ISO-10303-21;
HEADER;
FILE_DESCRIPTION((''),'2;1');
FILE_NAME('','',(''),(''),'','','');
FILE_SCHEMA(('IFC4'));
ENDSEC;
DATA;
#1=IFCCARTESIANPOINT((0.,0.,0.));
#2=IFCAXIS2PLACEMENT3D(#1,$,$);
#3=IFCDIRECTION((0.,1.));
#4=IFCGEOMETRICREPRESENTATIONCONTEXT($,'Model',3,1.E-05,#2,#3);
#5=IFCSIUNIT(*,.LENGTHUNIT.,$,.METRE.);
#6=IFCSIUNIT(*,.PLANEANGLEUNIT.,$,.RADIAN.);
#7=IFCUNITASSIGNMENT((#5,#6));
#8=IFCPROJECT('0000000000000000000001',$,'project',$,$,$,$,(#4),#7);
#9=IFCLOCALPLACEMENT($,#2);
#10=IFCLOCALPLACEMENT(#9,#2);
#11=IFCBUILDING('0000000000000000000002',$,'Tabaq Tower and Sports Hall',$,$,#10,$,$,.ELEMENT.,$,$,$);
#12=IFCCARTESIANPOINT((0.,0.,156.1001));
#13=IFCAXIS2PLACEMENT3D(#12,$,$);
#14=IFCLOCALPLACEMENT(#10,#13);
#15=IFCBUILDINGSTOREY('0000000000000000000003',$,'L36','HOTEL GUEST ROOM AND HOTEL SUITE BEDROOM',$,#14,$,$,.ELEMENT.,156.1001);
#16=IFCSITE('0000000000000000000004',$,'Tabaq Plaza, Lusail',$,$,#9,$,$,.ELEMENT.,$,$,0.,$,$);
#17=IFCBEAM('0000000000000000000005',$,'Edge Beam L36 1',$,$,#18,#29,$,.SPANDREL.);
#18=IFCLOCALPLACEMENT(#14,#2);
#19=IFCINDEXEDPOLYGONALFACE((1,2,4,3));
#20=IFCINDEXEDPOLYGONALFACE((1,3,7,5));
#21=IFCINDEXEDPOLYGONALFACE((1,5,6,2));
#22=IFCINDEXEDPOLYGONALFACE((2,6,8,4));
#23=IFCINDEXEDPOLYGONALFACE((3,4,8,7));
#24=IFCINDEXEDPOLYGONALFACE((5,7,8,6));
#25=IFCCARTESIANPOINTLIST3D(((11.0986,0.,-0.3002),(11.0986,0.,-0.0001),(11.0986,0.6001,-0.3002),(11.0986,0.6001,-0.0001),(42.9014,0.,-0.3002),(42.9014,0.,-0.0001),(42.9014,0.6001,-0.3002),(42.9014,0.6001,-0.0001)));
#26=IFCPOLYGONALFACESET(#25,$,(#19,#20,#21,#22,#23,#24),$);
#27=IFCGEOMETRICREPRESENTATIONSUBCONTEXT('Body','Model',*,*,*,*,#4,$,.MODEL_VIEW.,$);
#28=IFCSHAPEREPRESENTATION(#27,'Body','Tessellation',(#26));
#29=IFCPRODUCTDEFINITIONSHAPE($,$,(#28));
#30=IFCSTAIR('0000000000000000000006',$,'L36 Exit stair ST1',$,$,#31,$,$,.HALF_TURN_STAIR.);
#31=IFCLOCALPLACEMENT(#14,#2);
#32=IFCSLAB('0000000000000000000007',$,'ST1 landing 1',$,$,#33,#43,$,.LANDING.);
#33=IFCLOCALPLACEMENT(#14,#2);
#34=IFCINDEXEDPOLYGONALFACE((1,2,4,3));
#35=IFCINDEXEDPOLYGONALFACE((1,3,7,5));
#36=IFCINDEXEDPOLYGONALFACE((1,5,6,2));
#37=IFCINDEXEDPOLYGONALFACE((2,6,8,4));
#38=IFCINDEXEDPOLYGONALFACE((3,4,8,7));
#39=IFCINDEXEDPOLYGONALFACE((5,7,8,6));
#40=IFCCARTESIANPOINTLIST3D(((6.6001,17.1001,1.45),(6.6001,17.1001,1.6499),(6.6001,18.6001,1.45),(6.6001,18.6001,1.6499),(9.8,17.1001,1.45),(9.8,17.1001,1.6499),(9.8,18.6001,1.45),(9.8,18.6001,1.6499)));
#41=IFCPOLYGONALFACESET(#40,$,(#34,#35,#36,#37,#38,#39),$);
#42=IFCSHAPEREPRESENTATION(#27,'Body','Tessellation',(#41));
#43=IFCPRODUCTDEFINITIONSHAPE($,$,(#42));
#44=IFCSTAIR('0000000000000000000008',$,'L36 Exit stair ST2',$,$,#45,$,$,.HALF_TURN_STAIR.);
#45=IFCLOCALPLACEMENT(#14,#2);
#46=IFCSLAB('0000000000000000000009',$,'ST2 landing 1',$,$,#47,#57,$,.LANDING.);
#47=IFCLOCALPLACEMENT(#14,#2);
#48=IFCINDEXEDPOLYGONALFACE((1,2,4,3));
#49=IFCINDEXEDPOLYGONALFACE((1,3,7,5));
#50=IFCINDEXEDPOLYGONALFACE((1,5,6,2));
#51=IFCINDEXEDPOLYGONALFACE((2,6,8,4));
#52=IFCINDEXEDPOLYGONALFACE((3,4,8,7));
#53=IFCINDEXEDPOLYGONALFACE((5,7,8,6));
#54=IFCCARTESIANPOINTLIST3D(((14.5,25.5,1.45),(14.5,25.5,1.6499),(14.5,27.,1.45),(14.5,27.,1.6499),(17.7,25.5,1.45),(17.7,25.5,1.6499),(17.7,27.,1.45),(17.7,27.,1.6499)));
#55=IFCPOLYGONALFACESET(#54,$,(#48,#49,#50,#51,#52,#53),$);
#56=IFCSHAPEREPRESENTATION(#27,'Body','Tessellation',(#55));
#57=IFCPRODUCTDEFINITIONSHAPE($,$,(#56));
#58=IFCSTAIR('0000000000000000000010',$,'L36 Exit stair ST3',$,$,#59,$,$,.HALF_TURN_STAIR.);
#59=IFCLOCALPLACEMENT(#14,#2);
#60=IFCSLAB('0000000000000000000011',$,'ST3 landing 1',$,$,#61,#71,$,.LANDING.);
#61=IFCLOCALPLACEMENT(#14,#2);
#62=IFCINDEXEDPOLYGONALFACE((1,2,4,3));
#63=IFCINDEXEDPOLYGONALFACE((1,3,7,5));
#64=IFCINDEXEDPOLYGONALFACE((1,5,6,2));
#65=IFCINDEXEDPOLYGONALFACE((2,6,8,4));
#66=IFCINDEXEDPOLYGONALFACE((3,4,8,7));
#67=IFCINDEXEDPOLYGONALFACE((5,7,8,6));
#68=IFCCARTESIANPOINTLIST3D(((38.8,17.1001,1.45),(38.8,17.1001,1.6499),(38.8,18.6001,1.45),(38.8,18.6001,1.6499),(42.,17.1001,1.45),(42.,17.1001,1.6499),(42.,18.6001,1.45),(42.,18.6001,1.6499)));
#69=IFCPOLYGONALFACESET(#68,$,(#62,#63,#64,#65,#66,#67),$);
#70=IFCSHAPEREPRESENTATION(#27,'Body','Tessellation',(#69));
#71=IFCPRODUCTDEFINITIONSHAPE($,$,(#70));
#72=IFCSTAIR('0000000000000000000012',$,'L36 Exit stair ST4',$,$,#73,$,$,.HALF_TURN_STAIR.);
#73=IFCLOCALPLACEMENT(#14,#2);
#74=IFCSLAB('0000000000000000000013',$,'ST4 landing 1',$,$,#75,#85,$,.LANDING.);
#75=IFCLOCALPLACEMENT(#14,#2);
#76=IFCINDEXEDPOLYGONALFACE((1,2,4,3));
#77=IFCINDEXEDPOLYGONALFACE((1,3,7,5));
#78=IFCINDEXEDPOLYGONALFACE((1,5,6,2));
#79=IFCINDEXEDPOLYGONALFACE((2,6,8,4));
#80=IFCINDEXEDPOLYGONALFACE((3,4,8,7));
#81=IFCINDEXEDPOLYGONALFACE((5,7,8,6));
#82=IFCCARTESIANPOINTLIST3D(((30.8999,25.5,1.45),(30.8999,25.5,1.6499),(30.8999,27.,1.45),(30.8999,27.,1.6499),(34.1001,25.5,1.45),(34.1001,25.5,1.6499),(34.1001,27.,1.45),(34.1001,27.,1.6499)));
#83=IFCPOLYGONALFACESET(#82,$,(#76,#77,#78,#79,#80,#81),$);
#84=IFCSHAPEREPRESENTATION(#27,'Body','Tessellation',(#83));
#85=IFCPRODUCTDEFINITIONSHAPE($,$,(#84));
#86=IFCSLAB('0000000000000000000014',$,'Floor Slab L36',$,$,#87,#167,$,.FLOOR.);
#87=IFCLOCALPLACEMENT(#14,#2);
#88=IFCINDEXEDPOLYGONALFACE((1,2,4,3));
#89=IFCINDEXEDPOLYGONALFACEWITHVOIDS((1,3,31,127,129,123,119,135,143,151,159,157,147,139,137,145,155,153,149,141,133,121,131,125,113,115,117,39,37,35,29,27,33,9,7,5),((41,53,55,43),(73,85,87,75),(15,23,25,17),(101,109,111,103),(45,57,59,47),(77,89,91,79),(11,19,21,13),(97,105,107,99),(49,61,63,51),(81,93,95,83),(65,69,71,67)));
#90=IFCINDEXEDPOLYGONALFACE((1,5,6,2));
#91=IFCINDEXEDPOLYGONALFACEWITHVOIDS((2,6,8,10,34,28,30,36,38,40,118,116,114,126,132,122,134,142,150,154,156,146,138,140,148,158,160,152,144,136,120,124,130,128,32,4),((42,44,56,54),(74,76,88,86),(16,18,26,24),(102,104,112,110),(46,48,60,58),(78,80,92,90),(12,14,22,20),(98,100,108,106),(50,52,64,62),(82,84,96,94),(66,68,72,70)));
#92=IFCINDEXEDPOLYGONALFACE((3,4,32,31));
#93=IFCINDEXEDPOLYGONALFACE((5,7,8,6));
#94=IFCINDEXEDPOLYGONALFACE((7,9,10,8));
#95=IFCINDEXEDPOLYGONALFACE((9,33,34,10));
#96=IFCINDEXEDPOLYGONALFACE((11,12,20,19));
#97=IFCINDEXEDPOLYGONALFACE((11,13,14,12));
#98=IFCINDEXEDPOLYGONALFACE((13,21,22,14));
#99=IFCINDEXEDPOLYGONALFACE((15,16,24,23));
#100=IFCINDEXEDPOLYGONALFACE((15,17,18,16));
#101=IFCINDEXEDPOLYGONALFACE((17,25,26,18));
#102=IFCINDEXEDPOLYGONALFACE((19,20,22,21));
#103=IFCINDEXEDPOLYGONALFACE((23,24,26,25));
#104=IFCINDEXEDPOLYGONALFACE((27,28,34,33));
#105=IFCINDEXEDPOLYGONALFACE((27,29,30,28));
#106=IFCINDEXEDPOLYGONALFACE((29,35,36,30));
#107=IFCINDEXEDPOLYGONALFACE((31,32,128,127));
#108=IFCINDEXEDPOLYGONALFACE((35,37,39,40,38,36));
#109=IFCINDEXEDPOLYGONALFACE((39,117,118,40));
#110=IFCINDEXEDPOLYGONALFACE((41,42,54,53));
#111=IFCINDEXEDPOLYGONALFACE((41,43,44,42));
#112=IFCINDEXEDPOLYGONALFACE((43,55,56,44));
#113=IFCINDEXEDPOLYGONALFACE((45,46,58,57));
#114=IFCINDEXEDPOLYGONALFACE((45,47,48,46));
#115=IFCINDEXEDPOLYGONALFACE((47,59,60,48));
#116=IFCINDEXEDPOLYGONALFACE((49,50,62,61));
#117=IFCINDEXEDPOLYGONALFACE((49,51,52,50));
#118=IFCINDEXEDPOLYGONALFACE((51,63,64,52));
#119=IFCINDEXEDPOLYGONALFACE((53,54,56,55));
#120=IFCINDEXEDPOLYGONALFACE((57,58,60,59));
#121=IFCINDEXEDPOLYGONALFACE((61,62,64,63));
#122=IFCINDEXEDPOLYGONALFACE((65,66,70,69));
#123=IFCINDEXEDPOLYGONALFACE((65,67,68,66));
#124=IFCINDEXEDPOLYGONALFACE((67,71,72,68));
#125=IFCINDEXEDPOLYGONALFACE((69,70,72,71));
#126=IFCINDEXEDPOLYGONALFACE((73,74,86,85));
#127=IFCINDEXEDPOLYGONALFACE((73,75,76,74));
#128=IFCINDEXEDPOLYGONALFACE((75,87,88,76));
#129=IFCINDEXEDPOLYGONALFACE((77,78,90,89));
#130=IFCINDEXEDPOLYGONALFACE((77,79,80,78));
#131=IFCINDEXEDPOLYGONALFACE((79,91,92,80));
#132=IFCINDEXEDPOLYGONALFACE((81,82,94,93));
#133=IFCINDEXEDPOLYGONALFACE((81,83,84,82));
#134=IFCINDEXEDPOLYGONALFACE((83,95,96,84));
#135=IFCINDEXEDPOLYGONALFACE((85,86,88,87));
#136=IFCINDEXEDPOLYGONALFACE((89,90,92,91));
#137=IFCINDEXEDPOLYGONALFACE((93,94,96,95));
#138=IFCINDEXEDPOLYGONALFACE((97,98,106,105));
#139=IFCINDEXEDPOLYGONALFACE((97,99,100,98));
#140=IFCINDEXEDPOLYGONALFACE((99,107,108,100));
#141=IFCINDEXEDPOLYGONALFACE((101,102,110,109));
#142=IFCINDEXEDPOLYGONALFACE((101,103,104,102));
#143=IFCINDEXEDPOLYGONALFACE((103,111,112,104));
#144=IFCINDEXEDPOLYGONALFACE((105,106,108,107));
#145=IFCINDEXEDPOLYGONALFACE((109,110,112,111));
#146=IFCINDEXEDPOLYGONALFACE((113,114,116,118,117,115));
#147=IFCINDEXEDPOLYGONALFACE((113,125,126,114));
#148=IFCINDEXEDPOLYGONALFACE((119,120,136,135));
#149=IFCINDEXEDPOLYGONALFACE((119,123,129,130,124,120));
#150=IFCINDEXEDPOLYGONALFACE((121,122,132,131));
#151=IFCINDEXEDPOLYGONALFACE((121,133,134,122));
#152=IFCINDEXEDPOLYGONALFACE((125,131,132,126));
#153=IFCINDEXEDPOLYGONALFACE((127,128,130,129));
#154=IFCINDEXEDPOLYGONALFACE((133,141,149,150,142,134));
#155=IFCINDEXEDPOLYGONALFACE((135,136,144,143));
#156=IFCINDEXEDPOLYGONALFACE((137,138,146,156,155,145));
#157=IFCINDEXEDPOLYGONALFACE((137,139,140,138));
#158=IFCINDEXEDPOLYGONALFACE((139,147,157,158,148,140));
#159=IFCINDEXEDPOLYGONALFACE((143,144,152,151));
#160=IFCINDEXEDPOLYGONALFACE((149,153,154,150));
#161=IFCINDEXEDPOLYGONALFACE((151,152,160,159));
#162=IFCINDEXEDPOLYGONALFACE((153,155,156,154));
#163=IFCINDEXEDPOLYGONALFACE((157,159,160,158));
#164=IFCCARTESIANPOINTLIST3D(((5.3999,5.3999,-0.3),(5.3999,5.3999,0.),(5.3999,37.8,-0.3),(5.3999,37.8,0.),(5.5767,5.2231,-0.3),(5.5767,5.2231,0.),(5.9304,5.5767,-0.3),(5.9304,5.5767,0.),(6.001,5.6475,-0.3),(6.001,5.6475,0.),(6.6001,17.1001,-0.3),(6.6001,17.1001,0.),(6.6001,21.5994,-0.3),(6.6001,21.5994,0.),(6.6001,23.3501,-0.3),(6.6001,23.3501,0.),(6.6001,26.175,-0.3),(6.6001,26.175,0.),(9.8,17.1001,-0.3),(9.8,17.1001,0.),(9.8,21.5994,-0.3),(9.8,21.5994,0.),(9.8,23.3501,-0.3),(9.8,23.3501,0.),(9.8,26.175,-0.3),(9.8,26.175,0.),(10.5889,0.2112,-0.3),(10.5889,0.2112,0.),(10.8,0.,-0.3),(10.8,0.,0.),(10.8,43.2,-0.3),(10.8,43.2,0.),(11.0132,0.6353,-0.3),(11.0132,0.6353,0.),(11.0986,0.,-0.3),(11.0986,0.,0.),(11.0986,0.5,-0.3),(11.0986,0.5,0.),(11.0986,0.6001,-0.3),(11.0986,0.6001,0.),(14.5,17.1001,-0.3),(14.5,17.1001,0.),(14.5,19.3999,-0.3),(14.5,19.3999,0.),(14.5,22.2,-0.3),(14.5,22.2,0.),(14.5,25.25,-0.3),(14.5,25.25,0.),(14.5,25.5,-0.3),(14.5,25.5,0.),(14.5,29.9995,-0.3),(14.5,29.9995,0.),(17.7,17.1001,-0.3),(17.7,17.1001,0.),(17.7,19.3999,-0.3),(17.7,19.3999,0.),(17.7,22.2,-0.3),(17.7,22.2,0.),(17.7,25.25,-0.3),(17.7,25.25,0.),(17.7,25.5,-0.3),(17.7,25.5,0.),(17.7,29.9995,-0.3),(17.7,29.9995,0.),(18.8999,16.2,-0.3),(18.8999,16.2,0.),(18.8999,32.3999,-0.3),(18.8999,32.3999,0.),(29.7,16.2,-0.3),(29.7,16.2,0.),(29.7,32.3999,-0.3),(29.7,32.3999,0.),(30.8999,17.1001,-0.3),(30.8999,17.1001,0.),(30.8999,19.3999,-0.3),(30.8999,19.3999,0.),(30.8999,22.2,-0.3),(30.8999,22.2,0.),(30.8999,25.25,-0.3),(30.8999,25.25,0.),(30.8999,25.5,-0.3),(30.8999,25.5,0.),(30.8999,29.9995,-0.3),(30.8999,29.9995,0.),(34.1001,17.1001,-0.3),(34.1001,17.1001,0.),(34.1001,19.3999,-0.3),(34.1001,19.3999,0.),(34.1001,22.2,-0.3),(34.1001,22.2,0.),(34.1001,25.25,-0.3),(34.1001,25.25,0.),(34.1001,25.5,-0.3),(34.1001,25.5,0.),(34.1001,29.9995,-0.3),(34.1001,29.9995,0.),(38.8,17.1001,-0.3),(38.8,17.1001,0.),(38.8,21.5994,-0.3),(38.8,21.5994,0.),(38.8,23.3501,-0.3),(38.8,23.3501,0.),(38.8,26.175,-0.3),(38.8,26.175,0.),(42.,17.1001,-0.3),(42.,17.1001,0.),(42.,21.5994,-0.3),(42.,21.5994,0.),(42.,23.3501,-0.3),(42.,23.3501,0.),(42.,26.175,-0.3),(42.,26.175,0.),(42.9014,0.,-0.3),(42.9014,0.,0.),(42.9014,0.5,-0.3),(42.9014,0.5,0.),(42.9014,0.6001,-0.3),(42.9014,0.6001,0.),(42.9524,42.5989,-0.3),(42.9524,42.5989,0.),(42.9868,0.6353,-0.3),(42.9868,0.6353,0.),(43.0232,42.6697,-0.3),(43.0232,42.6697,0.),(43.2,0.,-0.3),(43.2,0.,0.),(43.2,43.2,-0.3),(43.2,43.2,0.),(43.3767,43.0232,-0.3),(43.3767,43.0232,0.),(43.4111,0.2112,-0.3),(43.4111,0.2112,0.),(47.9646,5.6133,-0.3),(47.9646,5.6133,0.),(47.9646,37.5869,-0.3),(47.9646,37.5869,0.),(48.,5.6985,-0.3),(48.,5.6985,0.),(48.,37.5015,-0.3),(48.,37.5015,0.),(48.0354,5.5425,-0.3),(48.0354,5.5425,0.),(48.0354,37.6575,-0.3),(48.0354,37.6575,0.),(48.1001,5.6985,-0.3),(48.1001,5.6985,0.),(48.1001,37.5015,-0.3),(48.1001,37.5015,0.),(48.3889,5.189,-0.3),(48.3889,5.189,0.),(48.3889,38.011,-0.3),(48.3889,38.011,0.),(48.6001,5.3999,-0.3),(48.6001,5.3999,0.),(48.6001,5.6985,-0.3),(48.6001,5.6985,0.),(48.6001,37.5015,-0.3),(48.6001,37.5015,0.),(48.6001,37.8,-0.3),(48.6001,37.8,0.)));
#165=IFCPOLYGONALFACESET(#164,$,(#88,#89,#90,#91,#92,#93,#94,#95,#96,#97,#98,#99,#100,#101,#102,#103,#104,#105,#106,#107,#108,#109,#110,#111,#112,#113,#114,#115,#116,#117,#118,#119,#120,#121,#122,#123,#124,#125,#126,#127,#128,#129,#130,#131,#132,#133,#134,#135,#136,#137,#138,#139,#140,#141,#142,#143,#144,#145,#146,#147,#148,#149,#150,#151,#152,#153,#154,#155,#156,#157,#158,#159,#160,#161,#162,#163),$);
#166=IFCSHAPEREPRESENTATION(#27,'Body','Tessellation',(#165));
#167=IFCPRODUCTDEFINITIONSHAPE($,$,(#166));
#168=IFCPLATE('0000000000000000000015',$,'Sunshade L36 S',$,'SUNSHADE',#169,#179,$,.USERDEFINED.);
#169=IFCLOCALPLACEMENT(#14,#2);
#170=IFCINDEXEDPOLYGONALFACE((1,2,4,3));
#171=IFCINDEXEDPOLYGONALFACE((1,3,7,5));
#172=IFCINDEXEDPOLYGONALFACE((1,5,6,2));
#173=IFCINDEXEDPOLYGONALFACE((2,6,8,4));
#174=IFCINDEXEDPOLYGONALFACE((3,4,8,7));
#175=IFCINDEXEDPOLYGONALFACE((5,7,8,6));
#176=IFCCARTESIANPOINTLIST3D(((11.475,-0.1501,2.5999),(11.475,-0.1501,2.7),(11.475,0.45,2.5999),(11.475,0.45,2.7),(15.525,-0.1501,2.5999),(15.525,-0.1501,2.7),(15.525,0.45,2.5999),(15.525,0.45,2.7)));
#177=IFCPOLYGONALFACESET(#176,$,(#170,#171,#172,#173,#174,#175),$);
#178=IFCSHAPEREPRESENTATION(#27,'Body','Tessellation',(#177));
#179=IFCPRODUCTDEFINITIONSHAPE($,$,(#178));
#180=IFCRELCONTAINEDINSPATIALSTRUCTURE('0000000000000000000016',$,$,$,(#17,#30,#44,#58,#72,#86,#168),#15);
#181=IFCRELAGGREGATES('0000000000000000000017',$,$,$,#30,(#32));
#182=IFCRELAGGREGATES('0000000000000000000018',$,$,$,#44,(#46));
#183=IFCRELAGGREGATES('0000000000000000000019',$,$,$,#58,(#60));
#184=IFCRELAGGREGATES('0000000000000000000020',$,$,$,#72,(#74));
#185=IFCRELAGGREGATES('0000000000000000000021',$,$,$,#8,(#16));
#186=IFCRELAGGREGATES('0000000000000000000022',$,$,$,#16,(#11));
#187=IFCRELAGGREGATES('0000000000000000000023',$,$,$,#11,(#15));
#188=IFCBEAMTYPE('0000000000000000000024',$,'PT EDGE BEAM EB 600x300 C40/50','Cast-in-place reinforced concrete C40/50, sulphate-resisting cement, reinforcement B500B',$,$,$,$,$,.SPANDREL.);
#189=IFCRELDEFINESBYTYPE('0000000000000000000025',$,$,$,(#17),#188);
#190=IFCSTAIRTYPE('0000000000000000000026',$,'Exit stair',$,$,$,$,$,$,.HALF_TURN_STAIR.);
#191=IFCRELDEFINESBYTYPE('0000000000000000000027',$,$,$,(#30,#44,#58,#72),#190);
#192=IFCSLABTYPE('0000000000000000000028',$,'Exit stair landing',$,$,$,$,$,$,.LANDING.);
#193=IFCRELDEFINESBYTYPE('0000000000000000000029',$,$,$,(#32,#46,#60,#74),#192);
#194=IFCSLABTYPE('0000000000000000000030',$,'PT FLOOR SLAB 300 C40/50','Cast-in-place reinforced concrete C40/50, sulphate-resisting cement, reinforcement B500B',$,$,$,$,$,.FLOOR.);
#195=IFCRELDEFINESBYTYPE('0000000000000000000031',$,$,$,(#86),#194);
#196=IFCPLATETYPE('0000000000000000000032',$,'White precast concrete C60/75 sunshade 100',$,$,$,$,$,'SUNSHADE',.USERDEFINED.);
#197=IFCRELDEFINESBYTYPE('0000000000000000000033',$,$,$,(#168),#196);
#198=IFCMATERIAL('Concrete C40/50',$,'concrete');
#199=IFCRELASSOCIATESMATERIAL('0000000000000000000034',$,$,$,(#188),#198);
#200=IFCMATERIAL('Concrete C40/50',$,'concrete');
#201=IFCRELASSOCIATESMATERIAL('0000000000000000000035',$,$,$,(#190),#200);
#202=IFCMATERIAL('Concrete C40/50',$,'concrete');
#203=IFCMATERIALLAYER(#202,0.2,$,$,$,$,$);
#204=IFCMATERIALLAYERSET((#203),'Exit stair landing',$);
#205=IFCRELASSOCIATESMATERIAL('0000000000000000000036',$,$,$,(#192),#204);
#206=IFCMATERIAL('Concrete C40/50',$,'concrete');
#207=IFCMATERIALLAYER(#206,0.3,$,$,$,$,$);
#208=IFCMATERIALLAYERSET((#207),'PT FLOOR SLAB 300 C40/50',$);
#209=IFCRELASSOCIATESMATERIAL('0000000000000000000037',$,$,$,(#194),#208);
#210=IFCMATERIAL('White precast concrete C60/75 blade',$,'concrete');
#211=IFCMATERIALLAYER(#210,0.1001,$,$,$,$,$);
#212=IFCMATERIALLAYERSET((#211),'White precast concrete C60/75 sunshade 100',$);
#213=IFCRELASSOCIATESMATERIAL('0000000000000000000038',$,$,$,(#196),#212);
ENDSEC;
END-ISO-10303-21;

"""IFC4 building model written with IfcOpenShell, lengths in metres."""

from ifc_helpers import new_model, si_unit, direction, frame, origin, origin_2d, place, context, subcontext, project, spatial, polyline, rectangle, outline, extrude, material, layer, layer_set, material_profile, profile_set, type_object, element, aggregate, save


model = new_model("IFC4")

# Units and contexts
model_context = context("Model", 3, precision=1e-05, world=origin(), true_north=direction((0.0, 1.0)))
body_context = subcontext(model_context, "Body", "Model", "MODEL_VIEW")
ifc_project = project(units=[si_unit("LENGTHUNIT", "METRE"), si_unit("PLANEANGLEUNIT", "RADIAN")], contexts=[model_context])

# Site, building, storey
site_placement = place(None, origin())
site = spatial("IfcSite", under=ifc_project, at=site_placement, Name="Tabaq Plaza, Lusail", CompositionType="ELEMENT", RefElevation=0.0)
building_placement = place(site_placement, origin())
building = spatial("IfcBuilding", under=site, at=building_placement, Name="Tabaq Tower and Sports Hall", CompositionType="ELEMENT")
storey_placement = place(building_placement, frame((0.0, 0.0, 156.1001)))
storey = spatial("IfcBuildingStorey", under=building, at=storey_placement, Name="L36", Description="HOTEL GUEST ROOM AND HOTEL SUITE BEDROOM", CompositionType="ELEMENT", Elevation=156.1001)

# Beam
ifc_material_1 = material(Name="Concrete C40/50", Category="concrete")
ifc_material_profile = material_profile(ifc_material_1, rectangle(XDim=0.6001, YDim=0.3, at=origin_2d()), Name="EB 600x300")
ifc_profile_set = profile_set([ifc_material_profile], Name="Concrete C40/50")
beam_type = type_object("IfcBeamType", Name="PT EDGE BEAM EB 600x300 C40/50", Description="Cast-in-place reinforced concrete C40/50, sulphate-resisting cement, reinforcement B500B", PredefinedType="SPANDREL", material=ifc_profile_set)
beam_placement = place(storey_placement, frame((11.0986, 0.3, -0.1501), z_axis=(1.0, 0.0, 0.0), x_axis=(0.0, 1.0, 0.0)))
element("IfcBeam", 1, at=beam_placement, inside=storey, type_object=beam_type, Name="Edge Beam L36 1", PredefinedType="SPANDREL", context=body_context, shape_type="SweptSolid", body=[
    extrude(rectangle(XDim=0.6001, YDim=0.3, at=origin_2d()), origin(), (0.0, 0.0, 1.0), 31.8027),
])

# Stairs, slabs
ifc_material_2 = material(Name="Concrete C40/50", Category="concrete")
stair_type = type_object("IfcStairType", Name="Exit stair", PredefinedType="HALF_TURN_STAIR", material=ifc_material_2)
stair_1_placement = place(storey_placement, origin())
stair_1 = element("IfcStair", 2, at=stair_1_placement, inside=storey, type_object=stair_type, Name="L36 Exit stair ST1", PredefinedType="HALF_TURN_STAIR")
ifc_material_3 = material(Name="Concrete C40/50", Category="concrete")
ifc_layer_1 = layer(ifc_material_3, 0.2)
ifc_layer_set_1 = layer_set([ifc_layer_1], Name="Exit stair landing")
slab_type_1 = type_object("IfcSlabType", Name="Exit stair landing", PredefinedType="LANDING", material=ifc_layer_set_1)
slab_1_placement = place(storey_placement, frame((0.0, 0.0, 1.45)))
slab_1 = element("IfcSlab", 3, at=slab_1_placement, type_object=slab_type_1, Name="ST1 landing 1", PredefinedType="LANDING", context=body_context, shape_type="SweptSolid", body=[
    extrude(outline(polyline([(6.6001, 18.6001), (6.6001, 17.1001), (9.8, 17.1001), (9.8, 18.6001), (6.6001, 18.6001)])), origin(), (0.0, 0.0, 1.0), 0.2),
])
aggregate(stair_1, [slab_1])
stair_2_placement = place(storey_placement, origin())
stair_2 = element("IfcStair", 4, at=stair_2_placement, inside=storey, type_object=stair_type, Name="L36 Exit stair ST2", PredefinedType="HALF_TURN_STAIR")
slab_2_placement = place(storey_placement, frame((0.0, 0.0, 1.45)))
slab_2 = element("IfcSlab", 5, at=slab_2_placement, type_object=slab_type_1, Name="ST2 landing 1", PredefinedType="LANDING", context=body_context, shape_type="SweptSolid", body=[
    extrude(outline(polyline([(14.5, 27.0), (14.5, 25.5), (17.7, 25.5), (17.7, 27.0), (14.5, 27.0)])), origin(), (0.0, 0.0, 1.0), 0.2),
])
aggregate(stair_2, [slab_2])
stair_3_placement = place(storey_placement, origin())
stair_3 = element("IfcStair", 6, at=stair_3_placement, inside=storey, type_object=stair_type, Name="L36 Exit stair ST3", PredefinedType="HALF_TURN_STAIR")
slab_3_placement = place(storey_placement, frame((0.0, 0.0, 1.45)))
slab_3 = element("IfcSlab", 7, at=slab_3_placement, type_object=slab_type_1, Name="ST3 landing 1", PredefinedType="LANDING", context=body_context, shape_type="SweptSolid", body=[
    extrude(outline(polyline([(38.8, 18.6001), (38.8, 17.1001), (42.0, 17.1001), (42.0, 18.6001), (38.8, 18.6001)])), origin(), (0.0, 0.0, 1.0), 0.2),
])
aggregate(stair_3, [slab_3])
stair_4_placement = place(storey_placement, origin())
stair_4 = element("IfcStair", 8, at=stair_4_placement, inside=storey, type_object=stair_type, Name="L36 Exit stair ST4", PredefinedType="HALF_TURN_STAIR")
slab_4_placement = place(storey_placement, frame((0.0, 0.0, 1.45)))
slab_4 = element("IfcSlab", 9, at=slab_4_placement, type_object=slab_type_1, Name="ST4 landing 1", PredefinedType="LANDING", context=body_context, shape_type="SweptSolid", body=[
    extrude(outline(polyline([(30.8999, 27.0), (30.8999, 25.5), (34.1001, 25.5), (34.1001, 27.0), (30.8999, 27.0)])), origin(), (0.0, 0.0, 1.0), 0.2),
])
aggregate(stair_4, [slab_4])

# Slab
ifc_material_4 = material(Name="Concrete C40/50", Category="concrete")
ifc_layer_2 = layer(ifc_material_4, 0.3)
ifc_layer_set_2 = layer_set([ifc_layer_2], Name="PT FLOOR SLAB 300 C40/50")
slab_type_2 = type_object("IfcSlabType", Name="PT FLOOR SLAB 300 C40/50", Description="Cast-in-place reinforced concrete C40/50, sulphate-resisting cement, reinforcement B500B", PredefinedType="FLOOR", material=ifc_layer_set_2)
slab_5_placement = place(storey_placement, frame((0.0, 0.0, -0.3)))
element("IfcSlab", 10, at=slab_5_placement, inside=storey, type_object=slab_type_2, Name="Floor Slab L36", PredefinedType="FLOOR", context=body_context, shape_type="SweptSolid", body=[
    extrude(outline(polyline([(5.3999, 37.8), (5.3999, 5.3999), (5.5767, 5.2231), (5.9304, 5.5767), (6.001, 5.6475), (11.0132, 0.6353), (10.5889, 0.2112), (10.8, 0.0), (11.0986, 0.0), (11.0986, 0.5), (11.0986, 0.6001), (42.9014, 0.6001), (42.9014, 0.5), (42.9014, 0.0), (43.2, 0.0), (43.4111, 0.2112), (42.9868, 0.6353), (47.9646, 5.6133), (48.0354, 5.5425), (48.3889, 5.189), (48.6001, 5.3999), (48.6001, 5.6985), (48.1001, 5.6985), (48.0, 5.6985), (48.0, 37.5015), (48.1001, 37.5015), (48.6001, 37.5015), (48.6001, 37.8), (48.3889, 38.011), (48.0354, 37.6575), (47.9646, 37.5869), (42.9524, 42.5989), (43.0232, 42.6697), (43.3767, 43.0232), (43.2, 43.2), (10.8, 43.2), (5.3999, 37.8)]), holes=[polyline([(14.5, 19.3999), (17.7, 19.3999), (17.7, 17.1001), (14.5, 17.1001), (14.5, 19.3999)]), polyline([(6.6001, 21.5994), (9.8, 21.5994), (9.8, 17.1001), (6.6001, 17.1001), (6.6001, 21.5994)]), polyline([(14.5, 25.25), (17.7, 25.25), (17.7, 22.2), (14.5, 22.2), (14.5, 25.25)]), polyline([(18.8999, 32.3999), (29.7, 32.3999), (29.7, 16.2), (18.8999, 16.2), (18.8999, 32.3999)]), polyline([(9.8, 26.175), (9.8, 23.3501), (6.6001, 23.3501), (6.6001, 26.175), (9.8, 26.175)]), polyline([(14.5, 29.9995), (17.7, 29.9995), (17.7, 25.5), (14.5, 25.5), (14.5, 29.9995)]), polyline([(34.1001, 19.3999), (34.1001, 17.1001), (30.8999, 17.1001), (30.8999, 19.3999), (34.1001, 19.3999)]), polyline([(42.0, 21.5994), (42.0, 17.1001), (38.8, 17.1001), (38.8, 21.5994), (42.0, 21.5994)]), polyline([(30.8999, 25.25), (34.1001, 25.25), (34.1001, 22.2), (30.8999, 22.2), (30.8999, 25.25)]), polyline([(42.0, 26.175), (42.0, 23.3501), (38.8, 23.3501), (38.8, 26.175), (42.0, 26.175)]), polyline([(34.1001, 29.9995), (34.1001, 25.5), (30.8999, 25.5), (30.8999, 29.9995), (34.1001, 29.9995)])]), origin(), (0.0, 0.0, 1.0), 0.3),
])

# Plate
ifc_material_5 = material(Name="White precast concrete C60/75 blade", Category="concrete")
ifc_layer_3 = layer(ifc_material_5, 0.1001)
ifc_layer_set_3 = layer_set([ifc_layer_3], Name="White precast concrete C60/75 sunshade 100")
plate_type = type_object("IfcPlateType", Name="White precast concrete C60/75 sunshade 100", ElementType="SUNSHADE", PredefinedType="USERDEFINED", material=ifc_layer_set_3)
plate_placement = place(storey_placement, frame((13.5, 0.1499, 2.5999), z_axis=(0.0, 0.0, 1.0), x_axis=(1.0, 0.0, 0.0)))
element("IfcPlate", 11, at=plate_placement, inside=storey, type_object=plate_type, Name="Sunshade L36 S", ObjectType="SUNSHADE", PredefinedType="USERDEFINED", context=body_context, shape_type="SweptSolid", body=[
    extrude(rectangle(XDim=4.05, YDim=0.6001, at=origin_2d()), origin(), (0.0, 0.0, 1.0), 0.1001),
])

save(model, "model.ifc")
